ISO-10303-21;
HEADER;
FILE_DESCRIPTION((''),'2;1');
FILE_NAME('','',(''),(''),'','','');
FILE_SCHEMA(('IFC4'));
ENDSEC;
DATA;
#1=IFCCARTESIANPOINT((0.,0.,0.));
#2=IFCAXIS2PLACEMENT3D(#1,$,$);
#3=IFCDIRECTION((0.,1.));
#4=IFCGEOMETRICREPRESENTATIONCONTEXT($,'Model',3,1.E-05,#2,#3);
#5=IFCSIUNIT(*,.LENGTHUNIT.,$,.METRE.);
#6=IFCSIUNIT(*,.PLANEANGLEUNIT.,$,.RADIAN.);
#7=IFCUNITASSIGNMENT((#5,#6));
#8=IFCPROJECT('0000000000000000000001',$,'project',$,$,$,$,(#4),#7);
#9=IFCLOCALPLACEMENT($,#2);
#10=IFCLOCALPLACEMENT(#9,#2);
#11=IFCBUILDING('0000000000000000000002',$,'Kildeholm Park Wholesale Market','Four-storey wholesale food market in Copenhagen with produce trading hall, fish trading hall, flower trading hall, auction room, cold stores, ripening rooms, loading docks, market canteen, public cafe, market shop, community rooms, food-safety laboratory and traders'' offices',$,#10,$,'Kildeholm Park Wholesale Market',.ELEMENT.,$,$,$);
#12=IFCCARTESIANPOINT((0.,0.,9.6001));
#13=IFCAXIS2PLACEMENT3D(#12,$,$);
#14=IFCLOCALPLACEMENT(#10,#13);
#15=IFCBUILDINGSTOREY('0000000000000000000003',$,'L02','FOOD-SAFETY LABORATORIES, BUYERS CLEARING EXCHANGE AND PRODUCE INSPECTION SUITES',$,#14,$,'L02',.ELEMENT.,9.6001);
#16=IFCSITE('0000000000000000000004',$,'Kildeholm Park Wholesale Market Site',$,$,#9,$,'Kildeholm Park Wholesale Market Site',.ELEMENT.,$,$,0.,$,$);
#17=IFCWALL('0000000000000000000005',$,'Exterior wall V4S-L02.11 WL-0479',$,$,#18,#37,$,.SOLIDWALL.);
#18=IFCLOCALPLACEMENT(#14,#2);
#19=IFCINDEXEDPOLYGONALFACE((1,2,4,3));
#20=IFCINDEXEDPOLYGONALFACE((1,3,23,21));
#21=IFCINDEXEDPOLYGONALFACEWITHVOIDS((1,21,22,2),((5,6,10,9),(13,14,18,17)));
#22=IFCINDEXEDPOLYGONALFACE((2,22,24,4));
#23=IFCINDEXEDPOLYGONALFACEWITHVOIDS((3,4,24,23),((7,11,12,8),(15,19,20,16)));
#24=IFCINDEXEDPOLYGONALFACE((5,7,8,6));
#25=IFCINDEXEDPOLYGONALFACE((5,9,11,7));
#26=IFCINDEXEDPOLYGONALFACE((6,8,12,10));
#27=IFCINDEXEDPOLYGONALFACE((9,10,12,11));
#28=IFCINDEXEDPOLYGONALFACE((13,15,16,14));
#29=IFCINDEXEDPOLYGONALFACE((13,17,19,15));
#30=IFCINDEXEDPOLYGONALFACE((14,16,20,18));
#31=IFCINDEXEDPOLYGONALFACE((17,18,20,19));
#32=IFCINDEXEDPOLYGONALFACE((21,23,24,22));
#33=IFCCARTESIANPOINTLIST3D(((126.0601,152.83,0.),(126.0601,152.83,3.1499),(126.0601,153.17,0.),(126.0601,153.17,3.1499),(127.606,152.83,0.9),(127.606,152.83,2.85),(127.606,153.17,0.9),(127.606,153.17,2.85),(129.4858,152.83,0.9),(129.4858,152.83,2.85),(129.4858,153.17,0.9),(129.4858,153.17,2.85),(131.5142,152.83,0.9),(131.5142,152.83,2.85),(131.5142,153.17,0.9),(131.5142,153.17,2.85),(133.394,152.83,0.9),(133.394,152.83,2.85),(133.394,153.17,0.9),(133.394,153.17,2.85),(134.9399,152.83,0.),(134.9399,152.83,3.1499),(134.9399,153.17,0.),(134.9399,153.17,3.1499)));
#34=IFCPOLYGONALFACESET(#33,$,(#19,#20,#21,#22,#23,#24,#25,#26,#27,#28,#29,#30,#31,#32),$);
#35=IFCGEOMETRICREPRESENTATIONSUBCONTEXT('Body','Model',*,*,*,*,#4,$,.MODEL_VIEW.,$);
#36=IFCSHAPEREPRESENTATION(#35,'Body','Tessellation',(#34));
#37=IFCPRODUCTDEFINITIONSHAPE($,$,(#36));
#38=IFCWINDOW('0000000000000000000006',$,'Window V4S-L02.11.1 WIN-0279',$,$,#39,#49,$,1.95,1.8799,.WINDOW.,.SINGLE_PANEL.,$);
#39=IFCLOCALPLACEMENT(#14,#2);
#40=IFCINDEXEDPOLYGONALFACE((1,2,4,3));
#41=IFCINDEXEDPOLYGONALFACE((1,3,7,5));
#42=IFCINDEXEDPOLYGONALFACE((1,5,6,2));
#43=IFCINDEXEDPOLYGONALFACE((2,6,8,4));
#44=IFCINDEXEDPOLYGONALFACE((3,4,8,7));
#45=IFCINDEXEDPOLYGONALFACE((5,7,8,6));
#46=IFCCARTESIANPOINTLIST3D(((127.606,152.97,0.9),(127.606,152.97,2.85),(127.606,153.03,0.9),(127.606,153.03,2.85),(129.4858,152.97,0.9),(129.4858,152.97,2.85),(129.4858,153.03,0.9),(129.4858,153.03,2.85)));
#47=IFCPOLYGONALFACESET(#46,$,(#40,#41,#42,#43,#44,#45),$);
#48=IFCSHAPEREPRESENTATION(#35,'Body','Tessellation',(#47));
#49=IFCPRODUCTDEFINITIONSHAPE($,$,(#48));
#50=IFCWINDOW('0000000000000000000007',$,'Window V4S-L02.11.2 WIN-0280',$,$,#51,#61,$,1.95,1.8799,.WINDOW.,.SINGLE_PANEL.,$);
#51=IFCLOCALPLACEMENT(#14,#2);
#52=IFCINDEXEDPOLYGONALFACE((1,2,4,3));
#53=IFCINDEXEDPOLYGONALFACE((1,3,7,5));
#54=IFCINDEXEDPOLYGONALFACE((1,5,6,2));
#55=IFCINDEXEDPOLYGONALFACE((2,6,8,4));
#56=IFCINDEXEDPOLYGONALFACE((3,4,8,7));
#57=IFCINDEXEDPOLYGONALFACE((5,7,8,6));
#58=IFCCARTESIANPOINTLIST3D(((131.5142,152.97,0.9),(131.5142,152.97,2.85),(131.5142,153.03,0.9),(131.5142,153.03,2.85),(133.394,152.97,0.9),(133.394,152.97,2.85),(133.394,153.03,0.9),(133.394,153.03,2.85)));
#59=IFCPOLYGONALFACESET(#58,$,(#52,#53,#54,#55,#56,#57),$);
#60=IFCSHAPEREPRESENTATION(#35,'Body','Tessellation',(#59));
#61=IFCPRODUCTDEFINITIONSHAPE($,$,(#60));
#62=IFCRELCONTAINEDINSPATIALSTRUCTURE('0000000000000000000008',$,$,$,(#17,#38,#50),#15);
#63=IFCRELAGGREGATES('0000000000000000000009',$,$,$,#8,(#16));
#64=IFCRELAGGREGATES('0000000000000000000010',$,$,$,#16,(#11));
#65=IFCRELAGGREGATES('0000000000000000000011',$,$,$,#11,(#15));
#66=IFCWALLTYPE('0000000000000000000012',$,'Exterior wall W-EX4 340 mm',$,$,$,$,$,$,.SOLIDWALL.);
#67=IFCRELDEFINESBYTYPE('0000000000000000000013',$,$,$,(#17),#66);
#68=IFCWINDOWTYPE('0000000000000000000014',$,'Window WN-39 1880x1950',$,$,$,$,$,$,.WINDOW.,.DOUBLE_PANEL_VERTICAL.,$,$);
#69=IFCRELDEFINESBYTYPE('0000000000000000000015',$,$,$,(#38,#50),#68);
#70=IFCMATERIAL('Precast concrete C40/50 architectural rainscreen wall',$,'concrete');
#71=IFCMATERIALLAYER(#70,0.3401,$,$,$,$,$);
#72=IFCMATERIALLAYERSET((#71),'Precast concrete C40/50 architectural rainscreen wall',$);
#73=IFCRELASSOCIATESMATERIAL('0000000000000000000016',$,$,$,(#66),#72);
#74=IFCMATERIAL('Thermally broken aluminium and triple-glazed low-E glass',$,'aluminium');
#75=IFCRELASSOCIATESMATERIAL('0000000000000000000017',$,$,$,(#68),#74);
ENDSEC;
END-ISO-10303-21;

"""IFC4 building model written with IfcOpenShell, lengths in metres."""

from ifc_helpers import new_model, si_unit, direction, frame, frame_2d, origin, place, context, subcontext, project, spatial, rectangle, extrude, material, layer, layer_set, type_object, element, fill, save


model = new_model("IFC4")

# Units and contexts
model_context = context("Model", 3, precision=1e-05, world=origin(), true_north=direction((0.0, 1.0)))
body_context = subcontext(model_context, "Body", "Model", "MODEL_VIEW")
ifc_project = project(units=[si_unit("LENGTHUNIT", "METRE"), si_unit("PLANEANGLEUNIT", "RADIAN")], contexts=[model_context])

# Site, building, storey
site_placement = place(None, origin())
site = spatial("IfcSite", under=ifc_project, at=site_placement, Name="Kildeholm Park Wholesale Market Site", LongName="Kildeholm Park Wholesale Market Site", CompositionType="ELEMENT", RefElevation=0.0)
building_placement = place(site_placement, origin())
building = spatial("IfcBuilding", under=site, at=building_placement, Name="Kildeholm Park Wholesale Market", Description="Four-storey wholesale food market in Copenhagen with produce trading hall, fish trading hall, flower trading hall, auction room, cold stores, ripening rooms, loading docks, market canteen, public cafe, market shop, community rooms, food-safety laboratory and traders' offices", LongName="Kildeholm Park Wholesale Market", CompositionType="ELEMENT")
storey_placement = place(building_placement, frame((0.0, 0.0, 9.6001)))
storey = spatial("IfcBuildingStorey", under=building, at=storey_placement, Name="L02", Description="FOOD-SAFETY LABORATORIES, BUYERS CLEARING EXCHANGE AND PRODUCE INSPECTION SUITES", LongName="L02", CompositionType="ELEMENT", Elevation=9.6001)

# Shared definitions
ifc_material_1 = material(Name="Precast concrete C40/50 architectural rainscreen wall", Category="concrete")
ifc_layer = layer(ifc_material_1, 0.3401)
ifc_layer_set = layer_set([ifc_layer], Name="Precast concrete C40/50 architectural rainscreen wall")
wall_type = type_object("IfcWallType", Name="Exterior wall W-EX4 340 mm", PredefinedType="SOLIDWALL", material=ifc_layer_set)

# Wall, openings, windows
wall_1_placement = place(storey_placement, frame((126.0601, 153.0, 0.0), z_axis=(0.0, 0.0, 1.0), x_axis=(1.0, 0.0, 0.0)))
wall_1 = element("IfcWall", 1, at=wall_1_placement, inside=storey, type_object=wall_type, Name="Exterior wall V4S-L02.11 WL-0479", PredefinedType="SOLIDWALL", context=body_context, shape_type="SweptSolid", body=[
    extrude(rectangle(XDim=8.8799, YDim=0.3401, at=frame_2d((4.4399, 0.0))), origin(), (0.0, 0.0, 1.0), 3.1499),
])
opening_1_placement = place(wall_1_placement, frame((1.5459, 0.0, 0.8999)))
opening_1 = element("IfcOpeningElement", 2, at=opening_1_placement, cuts=wall_1, PredefinedType="OPENING", context=body_context, shape_type="SweptSolid", body=[
    extrude(rectangle(XDim=1.8799, YDim=1.95, at=frame_2d((0.9399, 0.9751))), frame((0.0, 0.1799, 0.0), z_axis=(0.0, -1.0, 0.0), x_axis=(1.0, 0.0, 0.0)), (0.0, 0.0, 1.0), 0.3601),
])
opening_2_placement = place(wall_1_placement, frame((5.4541, 0.0, 0.8999)))
opening_2 = element("IfcOpeningElement", 3, at=opening_2_placement, cuts=wall_1, PredefinedType="OPENING", context=body_context, shape_type="SweptSolid", body=[
    extrude(rectangle(XDim=1.8799, YDim=1.95, at=frame_2d((0.9399, 0.9751))), frame((0.0, 0.1799, 0.0), z_axis=(0.0, -1.0, 0.0), x_axis=(1.0, 0.0, 0.0)), (0.0, 0.0, 1.0), 0.3601),
])
ifc_material_2 = material(Name="Thermally broken aluminium and triple-glazed low-E glass", Category="aluminium")
window_type = type_object("IfcWindowType", Name="Window WN-39 1880x1950", PartitioningType="DOUBLE_PANEL_VERTICAL", PredefinedType="WINDOW", material=ifc_material_2)
window_1_placement = place(opening_1_placement, origin())
window_1 = element("IfcWindow", 4, at=window_1_placement, inside=storey, type_object=window_type, Name="Window V4S-L02.11.1 WIN-0279", OverallHeight=1.95, OverallWidth=1.8799, PartitioningType="SINGLE_PANEL", PredefinedType="WINDOW", context=body_context, shape_type="SweptSolid", body=[
    extrude(rectangle(XDim=1.8799, YDim=1.95, at=frame_2d((0.9399, 0.9751))), frame((0.0, 0.03, 0.0), z_axis=(0.0, -1.0, 0.0), x_axis=(1.0, 0.0, 0.0)), (0.0, 0.0, 1.0), 0.0601),
])
fill(opening_1, window_1)
window_2_placement = place(opening_2_placement, origin())
window_2 = element("IfcWindow", 5, at=window_2_placement, inside=storey, type_object=window_type, Name="Window V4S-L02.11.2 WIN-0280", OverallHeight=1.95, OverallWidth=1.8799, PartitioningType="SINGLE_PANEL", PredefinedType="WINDOW", context=body_context, shape_type="SweptSolid", body=[
    extrude(rectangle(XDim=1.8799, YDim=1.95, at=frame_2d((0.9399, 0.9751))), frame((0.0, 0.03, 0.0), z_axis=(0.0, -1.0, 0.0), x_axis=(1.0, 0.0, 0.0)), (0.0, 0.0, 1.0), 0.0601),
])
fill(opening_2, window_2)

save(model, "model.ifc")
